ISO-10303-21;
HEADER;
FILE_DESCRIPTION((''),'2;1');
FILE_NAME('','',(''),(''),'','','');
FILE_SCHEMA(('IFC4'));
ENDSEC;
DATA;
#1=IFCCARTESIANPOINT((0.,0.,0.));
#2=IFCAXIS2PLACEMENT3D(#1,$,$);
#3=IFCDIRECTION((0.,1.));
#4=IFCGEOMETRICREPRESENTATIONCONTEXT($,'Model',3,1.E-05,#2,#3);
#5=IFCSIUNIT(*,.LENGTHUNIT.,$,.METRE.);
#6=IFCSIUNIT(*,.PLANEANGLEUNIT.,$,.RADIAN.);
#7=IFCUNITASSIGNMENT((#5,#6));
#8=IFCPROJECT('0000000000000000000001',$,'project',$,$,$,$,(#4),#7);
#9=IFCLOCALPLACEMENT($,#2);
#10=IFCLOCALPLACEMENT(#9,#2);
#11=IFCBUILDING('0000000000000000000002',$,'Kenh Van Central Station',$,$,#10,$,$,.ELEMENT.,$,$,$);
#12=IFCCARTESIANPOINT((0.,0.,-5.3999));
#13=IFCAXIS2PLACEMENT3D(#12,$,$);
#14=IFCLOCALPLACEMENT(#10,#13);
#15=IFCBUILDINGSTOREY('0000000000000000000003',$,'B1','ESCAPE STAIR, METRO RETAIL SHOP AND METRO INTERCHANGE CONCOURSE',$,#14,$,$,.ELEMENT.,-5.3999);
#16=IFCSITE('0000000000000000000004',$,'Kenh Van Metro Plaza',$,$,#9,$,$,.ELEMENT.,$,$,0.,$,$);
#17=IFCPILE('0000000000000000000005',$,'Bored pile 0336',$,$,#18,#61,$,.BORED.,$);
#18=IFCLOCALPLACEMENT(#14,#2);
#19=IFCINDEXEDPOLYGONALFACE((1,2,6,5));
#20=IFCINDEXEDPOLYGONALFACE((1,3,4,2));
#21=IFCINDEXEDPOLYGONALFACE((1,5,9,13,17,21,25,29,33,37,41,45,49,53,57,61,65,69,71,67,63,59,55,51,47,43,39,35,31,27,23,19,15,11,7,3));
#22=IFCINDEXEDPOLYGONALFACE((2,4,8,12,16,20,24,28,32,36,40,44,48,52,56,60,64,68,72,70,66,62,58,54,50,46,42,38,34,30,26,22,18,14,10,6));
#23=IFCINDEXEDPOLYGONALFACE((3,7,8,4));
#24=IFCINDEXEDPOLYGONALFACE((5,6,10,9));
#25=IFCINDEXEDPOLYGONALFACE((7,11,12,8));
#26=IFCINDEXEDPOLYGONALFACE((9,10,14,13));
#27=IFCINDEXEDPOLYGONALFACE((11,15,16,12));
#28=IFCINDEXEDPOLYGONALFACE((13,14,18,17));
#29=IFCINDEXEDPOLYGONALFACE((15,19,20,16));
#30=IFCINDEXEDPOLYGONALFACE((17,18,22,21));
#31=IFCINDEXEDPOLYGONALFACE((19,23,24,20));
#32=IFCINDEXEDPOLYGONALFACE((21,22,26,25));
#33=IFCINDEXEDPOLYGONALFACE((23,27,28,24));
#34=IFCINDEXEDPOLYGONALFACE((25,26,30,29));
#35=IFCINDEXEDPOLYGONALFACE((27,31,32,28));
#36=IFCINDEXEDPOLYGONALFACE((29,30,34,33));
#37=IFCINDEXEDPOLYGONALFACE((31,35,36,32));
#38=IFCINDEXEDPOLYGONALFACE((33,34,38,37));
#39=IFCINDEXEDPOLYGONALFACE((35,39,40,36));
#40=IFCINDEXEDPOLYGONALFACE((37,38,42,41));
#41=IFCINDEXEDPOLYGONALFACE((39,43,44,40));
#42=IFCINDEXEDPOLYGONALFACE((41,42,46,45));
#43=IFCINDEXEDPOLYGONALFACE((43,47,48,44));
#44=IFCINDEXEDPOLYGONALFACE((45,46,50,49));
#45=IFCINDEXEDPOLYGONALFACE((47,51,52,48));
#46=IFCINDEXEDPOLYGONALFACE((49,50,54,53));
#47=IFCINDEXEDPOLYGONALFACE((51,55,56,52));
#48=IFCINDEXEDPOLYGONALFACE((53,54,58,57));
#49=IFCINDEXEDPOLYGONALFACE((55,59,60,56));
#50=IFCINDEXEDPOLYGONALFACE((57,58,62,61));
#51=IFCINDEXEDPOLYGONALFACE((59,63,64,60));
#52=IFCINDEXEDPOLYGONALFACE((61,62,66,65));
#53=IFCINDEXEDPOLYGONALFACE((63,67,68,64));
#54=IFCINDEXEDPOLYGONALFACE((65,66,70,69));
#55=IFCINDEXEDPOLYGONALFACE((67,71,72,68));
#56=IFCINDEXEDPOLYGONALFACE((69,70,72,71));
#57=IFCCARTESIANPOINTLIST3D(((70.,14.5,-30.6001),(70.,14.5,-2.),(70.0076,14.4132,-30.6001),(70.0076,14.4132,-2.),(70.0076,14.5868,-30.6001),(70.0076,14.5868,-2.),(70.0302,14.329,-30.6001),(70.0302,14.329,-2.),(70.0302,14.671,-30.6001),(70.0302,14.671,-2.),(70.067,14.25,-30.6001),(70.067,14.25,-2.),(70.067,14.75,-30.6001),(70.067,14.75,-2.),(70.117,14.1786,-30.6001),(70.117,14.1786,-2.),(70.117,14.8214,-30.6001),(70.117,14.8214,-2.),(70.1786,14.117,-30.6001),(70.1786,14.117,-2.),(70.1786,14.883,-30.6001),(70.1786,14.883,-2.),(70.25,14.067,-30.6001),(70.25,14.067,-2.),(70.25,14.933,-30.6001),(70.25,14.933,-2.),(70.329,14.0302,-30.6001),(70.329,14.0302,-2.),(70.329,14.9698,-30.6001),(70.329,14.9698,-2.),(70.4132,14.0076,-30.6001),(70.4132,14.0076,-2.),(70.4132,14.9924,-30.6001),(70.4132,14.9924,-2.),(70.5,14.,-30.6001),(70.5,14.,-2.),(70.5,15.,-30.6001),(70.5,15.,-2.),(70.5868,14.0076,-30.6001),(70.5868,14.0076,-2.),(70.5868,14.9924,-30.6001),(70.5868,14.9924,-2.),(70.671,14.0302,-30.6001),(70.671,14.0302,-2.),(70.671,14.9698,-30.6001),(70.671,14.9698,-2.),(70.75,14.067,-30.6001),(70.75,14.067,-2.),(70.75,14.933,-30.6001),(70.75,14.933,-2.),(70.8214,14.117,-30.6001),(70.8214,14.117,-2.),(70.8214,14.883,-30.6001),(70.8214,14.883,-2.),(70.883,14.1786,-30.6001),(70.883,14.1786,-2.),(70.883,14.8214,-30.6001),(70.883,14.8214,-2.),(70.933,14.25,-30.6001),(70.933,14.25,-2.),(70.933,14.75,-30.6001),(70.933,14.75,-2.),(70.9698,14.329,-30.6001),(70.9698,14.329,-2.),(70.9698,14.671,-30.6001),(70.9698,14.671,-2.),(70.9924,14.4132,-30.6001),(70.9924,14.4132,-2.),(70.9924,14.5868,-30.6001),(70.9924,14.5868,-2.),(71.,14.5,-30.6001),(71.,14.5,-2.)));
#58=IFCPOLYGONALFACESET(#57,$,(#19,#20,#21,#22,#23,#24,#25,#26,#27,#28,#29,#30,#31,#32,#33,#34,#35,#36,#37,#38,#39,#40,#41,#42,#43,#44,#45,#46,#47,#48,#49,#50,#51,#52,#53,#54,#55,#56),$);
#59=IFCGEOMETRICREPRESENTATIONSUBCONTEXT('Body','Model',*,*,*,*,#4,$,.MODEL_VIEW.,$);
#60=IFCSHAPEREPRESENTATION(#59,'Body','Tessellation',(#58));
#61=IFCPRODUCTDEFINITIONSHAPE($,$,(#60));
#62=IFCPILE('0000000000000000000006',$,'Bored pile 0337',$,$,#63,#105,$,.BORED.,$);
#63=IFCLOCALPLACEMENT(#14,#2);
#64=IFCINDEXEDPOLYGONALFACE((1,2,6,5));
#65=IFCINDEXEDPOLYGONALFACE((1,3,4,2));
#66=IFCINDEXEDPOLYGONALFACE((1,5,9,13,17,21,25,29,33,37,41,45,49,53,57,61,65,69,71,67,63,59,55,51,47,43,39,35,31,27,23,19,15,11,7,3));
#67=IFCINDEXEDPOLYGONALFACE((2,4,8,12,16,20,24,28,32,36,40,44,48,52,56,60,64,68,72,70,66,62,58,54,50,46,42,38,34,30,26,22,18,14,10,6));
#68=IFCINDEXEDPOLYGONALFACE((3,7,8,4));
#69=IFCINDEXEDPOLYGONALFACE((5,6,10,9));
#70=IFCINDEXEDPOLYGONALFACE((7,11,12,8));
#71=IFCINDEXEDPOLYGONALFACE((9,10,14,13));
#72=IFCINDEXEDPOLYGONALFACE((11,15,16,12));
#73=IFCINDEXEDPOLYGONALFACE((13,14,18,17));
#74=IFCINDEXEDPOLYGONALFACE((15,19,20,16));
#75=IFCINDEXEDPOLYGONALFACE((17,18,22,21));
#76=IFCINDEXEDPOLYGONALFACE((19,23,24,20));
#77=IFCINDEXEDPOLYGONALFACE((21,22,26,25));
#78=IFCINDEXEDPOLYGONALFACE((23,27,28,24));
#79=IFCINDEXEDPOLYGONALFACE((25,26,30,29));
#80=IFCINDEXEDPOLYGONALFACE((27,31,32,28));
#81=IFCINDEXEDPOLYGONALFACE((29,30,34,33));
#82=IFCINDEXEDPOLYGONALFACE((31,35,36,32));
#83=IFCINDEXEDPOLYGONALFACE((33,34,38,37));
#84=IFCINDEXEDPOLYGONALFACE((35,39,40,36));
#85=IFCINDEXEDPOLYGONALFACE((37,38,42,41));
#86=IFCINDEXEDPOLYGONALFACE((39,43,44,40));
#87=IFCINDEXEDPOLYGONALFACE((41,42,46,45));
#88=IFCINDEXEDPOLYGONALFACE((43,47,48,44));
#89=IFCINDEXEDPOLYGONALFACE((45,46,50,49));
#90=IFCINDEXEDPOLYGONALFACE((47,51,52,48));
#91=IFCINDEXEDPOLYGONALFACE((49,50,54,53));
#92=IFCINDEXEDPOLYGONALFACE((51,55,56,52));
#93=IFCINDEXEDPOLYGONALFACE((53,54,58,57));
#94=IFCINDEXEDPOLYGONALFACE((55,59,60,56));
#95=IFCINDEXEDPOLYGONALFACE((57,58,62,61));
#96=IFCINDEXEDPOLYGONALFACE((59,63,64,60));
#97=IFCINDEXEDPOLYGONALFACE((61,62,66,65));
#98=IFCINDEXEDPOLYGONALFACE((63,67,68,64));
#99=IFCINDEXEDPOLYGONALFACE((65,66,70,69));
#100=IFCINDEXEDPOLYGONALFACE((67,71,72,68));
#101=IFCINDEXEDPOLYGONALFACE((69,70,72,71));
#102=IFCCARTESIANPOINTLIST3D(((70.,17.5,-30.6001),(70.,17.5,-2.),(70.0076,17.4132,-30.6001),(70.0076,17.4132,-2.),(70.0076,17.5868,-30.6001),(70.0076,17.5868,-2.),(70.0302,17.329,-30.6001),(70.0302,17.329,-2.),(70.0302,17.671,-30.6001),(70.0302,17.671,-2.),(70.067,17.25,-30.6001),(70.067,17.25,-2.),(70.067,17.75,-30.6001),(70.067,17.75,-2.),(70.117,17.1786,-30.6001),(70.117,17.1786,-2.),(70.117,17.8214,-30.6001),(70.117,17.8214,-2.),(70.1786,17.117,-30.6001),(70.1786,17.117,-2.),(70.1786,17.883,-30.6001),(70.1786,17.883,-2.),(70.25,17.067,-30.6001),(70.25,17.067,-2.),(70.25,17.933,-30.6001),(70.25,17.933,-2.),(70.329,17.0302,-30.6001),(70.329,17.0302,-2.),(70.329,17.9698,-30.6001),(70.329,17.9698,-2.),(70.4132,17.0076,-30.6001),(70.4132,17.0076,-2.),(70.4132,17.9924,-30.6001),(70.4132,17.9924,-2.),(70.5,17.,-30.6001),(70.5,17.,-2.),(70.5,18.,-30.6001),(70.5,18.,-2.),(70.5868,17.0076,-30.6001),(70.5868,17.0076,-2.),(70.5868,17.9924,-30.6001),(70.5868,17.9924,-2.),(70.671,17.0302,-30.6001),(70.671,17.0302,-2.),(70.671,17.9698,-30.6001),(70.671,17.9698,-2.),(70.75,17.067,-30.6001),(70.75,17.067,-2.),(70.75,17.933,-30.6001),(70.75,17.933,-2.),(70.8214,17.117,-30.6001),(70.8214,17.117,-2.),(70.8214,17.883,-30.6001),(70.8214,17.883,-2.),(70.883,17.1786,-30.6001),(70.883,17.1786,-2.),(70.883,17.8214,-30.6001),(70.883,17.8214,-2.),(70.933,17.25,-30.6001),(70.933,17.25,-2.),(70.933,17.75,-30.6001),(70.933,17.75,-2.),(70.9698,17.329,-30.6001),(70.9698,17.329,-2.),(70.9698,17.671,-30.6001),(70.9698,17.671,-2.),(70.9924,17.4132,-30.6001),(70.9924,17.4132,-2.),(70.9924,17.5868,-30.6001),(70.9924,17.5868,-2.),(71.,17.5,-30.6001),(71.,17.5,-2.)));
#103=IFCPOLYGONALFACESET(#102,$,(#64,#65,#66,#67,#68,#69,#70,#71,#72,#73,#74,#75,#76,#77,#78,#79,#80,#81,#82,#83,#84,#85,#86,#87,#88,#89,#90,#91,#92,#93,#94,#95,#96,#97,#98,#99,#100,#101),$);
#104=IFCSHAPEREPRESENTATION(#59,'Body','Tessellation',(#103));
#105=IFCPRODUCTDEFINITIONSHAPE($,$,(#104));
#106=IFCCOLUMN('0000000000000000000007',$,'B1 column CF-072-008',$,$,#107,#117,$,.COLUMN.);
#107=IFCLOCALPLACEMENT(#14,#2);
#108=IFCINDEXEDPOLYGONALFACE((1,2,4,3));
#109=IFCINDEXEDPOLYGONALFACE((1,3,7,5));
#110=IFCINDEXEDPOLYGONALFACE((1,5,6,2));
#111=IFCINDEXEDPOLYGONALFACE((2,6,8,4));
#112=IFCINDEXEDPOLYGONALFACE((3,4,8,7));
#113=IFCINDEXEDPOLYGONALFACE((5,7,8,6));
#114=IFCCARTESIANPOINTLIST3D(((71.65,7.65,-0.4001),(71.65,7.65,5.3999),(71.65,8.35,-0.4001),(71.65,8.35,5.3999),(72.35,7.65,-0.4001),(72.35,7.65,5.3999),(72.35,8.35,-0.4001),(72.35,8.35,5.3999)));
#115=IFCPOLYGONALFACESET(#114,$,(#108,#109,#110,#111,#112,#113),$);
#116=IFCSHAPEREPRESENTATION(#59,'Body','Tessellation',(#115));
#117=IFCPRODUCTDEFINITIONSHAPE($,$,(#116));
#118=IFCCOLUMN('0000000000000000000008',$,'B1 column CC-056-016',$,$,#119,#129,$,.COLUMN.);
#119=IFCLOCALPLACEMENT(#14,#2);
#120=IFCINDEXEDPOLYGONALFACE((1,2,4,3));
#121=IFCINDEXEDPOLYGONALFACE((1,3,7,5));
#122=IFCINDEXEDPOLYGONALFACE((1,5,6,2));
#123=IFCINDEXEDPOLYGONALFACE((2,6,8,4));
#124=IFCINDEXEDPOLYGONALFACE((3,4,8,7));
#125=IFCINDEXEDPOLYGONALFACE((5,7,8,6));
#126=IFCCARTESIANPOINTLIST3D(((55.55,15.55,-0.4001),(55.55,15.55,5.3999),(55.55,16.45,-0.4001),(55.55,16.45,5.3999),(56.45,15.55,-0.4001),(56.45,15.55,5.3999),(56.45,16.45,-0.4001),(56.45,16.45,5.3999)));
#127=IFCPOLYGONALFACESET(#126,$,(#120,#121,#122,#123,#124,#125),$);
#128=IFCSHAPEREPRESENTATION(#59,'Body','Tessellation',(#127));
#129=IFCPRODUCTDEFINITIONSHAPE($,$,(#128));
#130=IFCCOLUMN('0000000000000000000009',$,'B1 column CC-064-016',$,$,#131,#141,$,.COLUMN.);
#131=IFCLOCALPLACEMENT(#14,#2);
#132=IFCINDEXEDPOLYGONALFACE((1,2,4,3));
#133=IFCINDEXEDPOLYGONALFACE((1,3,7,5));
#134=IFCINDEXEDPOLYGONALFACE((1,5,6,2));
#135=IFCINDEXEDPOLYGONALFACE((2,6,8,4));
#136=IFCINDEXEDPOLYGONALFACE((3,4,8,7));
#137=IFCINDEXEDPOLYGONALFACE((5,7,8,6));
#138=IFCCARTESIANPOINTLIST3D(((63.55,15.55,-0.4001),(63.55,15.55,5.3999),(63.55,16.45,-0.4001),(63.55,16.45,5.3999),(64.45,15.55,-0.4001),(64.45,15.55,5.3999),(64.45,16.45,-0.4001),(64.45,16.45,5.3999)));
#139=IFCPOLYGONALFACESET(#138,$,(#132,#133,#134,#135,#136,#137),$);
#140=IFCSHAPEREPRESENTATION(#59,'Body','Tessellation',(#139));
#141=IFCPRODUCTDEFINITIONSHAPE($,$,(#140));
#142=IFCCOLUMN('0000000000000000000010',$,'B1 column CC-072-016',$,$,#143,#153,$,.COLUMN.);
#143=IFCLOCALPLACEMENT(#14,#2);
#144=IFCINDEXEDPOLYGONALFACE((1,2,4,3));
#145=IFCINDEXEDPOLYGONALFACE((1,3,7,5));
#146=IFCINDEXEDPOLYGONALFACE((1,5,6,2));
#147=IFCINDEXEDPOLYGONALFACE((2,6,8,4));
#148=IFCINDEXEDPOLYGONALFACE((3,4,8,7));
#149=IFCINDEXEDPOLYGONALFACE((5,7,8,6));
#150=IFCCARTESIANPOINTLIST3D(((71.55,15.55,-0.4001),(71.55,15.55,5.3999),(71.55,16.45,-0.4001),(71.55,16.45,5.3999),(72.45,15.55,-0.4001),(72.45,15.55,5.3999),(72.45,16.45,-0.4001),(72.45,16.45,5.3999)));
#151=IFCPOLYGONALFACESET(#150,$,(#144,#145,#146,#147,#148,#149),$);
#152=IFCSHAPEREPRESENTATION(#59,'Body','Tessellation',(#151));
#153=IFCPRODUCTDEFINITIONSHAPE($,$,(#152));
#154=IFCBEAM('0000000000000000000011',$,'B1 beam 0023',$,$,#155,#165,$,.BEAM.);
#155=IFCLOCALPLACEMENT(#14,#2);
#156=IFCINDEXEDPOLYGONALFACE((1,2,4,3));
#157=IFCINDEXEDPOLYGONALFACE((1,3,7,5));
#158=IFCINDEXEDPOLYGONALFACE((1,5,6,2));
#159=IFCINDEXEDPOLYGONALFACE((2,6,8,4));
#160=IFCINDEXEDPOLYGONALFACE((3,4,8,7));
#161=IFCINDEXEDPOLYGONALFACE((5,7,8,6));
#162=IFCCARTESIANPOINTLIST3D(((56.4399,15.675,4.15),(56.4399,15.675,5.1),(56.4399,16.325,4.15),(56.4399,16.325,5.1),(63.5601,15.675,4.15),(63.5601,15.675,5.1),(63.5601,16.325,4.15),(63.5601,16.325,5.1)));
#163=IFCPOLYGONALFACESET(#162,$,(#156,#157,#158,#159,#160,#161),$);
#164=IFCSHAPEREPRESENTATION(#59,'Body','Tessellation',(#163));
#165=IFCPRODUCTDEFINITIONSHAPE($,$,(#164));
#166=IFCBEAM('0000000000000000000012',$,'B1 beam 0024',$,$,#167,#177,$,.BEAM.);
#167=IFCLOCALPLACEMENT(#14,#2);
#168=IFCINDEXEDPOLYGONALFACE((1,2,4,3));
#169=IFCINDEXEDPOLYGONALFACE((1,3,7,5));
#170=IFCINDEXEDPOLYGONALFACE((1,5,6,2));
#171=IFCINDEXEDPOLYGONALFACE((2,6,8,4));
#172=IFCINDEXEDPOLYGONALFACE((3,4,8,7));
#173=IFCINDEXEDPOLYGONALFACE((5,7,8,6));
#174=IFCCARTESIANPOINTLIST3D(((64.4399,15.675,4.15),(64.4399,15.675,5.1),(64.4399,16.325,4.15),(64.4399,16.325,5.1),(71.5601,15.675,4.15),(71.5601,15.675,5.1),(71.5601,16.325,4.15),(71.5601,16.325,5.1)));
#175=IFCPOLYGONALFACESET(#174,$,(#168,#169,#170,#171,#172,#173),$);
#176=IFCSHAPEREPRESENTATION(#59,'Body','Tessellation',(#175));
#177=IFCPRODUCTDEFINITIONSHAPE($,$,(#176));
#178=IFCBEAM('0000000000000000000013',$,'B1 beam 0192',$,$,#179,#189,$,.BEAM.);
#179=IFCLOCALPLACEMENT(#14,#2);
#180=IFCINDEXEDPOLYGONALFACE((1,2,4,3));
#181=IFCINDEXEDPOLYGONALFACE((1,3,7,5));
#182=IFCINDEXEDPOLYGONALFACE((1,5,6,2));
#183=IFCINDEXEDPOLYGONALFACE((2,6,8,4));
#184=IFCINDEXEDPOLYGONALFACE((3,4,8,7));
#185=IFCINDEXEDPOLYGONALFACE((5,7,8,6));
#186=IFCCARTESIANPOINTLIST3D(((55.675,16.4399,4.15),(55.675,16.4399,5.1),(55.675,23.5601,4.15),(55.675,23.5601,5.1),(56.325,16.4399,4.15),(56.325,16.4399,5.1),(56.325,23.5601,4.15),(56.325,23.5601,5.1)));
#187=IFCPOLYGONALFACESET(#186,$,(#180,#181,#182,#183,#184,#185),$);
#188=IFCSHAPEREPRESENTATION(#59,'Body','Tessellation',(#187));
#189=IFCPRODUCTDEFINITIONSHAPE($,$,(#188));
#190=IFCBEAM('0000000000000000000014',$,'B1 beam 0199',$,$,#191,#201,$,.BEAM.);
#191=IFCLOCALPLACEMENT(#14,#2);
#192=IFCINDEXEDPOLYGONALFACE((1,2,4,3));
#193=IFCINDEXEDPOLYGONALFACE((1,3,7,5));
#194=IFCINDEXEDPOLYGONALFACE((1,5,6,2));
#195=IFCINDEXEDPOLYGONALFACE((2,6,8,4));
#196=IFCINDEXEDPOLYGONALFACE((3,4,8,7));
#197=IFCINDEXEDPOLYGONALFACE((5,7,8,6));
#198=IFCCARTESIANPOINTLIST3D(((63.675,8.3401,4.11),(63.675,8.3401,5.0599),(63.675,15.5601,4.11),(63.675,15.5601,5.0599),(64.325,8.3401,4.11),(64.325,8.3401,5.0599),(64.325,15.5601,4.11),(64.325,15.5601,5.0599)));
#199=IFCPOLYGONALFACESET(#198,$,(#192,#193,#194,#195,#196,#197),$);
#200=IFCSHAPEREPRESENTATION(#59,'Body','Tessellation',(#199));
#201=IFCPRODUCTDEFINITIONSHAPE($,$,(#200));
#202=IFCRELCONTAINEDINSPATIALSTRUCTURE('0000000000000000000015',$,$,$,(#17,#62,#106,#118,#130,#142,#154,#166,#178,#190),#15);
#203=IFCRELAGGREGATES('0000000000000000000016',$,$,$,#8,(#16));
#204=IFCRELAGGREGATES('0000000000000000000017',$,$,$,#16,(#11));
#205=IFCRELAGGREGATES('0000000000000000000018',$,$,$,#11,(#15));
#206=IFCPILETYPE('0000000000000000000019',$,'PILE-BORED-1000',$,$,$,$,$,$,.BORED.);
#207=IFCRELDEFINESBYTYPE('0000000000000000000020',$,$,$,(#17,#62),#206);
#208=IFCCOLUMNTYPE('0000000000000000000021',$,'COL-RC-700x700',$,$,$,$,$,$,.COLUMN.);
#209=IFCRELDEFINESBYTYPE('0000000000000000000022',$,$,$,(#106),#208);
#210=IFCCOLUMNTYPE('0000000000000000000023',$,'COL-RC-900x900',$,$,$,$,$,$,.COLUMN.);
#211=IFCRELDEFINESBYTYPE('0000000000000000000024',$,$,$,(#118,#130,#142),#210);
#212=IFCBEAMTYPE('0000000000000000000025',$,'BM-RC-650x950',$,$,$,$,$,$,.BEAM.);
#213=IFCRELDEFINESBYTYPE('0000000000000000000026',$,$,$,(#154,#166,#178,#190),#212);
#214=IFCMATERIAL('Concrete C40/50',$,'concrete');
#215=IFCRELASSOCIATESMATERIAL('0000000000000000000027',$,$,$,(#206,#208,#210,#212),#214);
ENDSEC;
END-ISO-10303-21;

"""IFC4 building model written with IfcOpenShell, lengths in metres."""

from ifc_helpers import new_model, si_unit, direction, frame, origin, origin_2d, place, context, subcontext, project, spatial, rectangle, circle, extrude, material, material_profile, profile_set, type_object, element, save


model = new_model("IFC4")

# Units and contexts
model_context = context("Model", 3, precision=1e-05, world=origin(), true_north=direction((0.0, 1.0)))
body_context = subcontext(model_context, "Body", "Model", "MODEL_VIEW")
ifc_project = project(units=[si_unit("LENGTHUNIT", "METRE"), si_unit("PLANEANGLEUNIT", "RADIAN")], contexts=[model_context])

# Site, building, storey
site_placement = place(None, origin())
site = spatial("IfcSite", under=ifc_project, at=site_placement, Name="Kenh Van Metro Plaza", CompositionType="ELEMENT", RefElevation=0.0)
building_placement = place(site_placement, origin())
building = spatial("IfcBuilding", under=site, at=building_placement, Name="Kenh Van Central Station", CompositionType="ELEMENT")
storey_placement = place(building_placement, frame((0.0, 0.0, -5.3999)))
storey = spatial("IfcBuildingStorey", under=building, at=storey_placement, Name="B1", Description="ESCAPE STAIR, METRO RETAIL SHOP AND METRO INTERCHANGE CONCOURSE", CompositionType="ELEMENT", Elevation=-5.3999)

# Shared definitions
ifc_material_1 = material(Name="Concrete C40/50", Category="concrete")

# Piles
ifc_material_profile_1 = material_profile(ifc_material_1, circle(Radius=0.5, at=origin_2d()), Name="PILE D1000")
ifc_profile_set_1 = profile_set([ifc_material_profile_1], Name="Concrete C40/50")
pile_type = type_object("IfcPileType", Name="PILE-BORED-1000", PredefinedType="BORED", material=ifc_profile_set_1)
for number, where, z_axis, x_axis, name in (
    (1, (70.5, 14.5, -2.0), (0.0, 0.0, -1.0), (1.0, 0.0, 0.0), "Bored pile 0336"),
    (2, (70.5, 17.5, -2.0), (0.0, 0.0, -1.0), (1.0, 0.0, 0.0), "Bored pile 0337"),
):
    element("IfcPile", number, at=place(storey_placement, frame(where, z_axis=z_axis, x_axis=x_axis)), inside=storey, type_object=pile_type, Name=name, PredefinedType="BORED", context=body_context, shape_type="SweptSolid", body=[
        extrude(circle(Radius=0.5, at=origin_2d()), origin(), (0.0, 0.0, 1.0), 28.6001),
    ])

# Columns
ifc_material_profile_2 = material_profile(ifc_material_1, rectangle(XDim=0.7, YDim=0.7, at=origin_2d()), Name="RC 700x700")
ifc_profile_set_2 = profile_set([ifc_material_profile_2], Name="Concrete C40/50")
column_type_1 = type_object("IfcColumnType", Name="COL-RC-700x700", PredefinedType="COLUMN", material=ifc_profile_set_2)
column_placement = place(storey_placement, frame((72.0, 8.0, -0.4001), z_axis=(0.0, 0.0, 1.0), x_axis=(1.0, 0.0, 0.0)))
element("IfcColumn", 3, at=column_placement, inside=storey, type_object=column_type_1, Name="B1 column CF-072-008", PredefinedType="COLUMN", context=body_context, shape_type="SweptSolid", body=[
    extrude(rectangle(XDim=0.7, YDim=0.7, at=origin_2d()), origin(), (0.0, 0.0, 1.0), 5.8),
])
ifc_material_profile_3 = material_profile(ifc_material_1, rectangle(XDim=0.8999, YDim=0.8999, at=origin_2d()), Name="RC 900x900")
ifc_profile_set_3 = profile_set([ifc_material_profile_3], Name="Concrete C40/50")
column_type_2 = type_object("IfcColumnType", Name="COL-RC-900x900", PredefinedType="COLUMN", material=ifc_profile_set_3)
for number, where, z_axis, x_axis, name in (
    (4, (56.0, 16.0, -0.4001), (0.0, 0.0, 1.0), (1.0, 0.0, 0.0), "B1 column CC-056-016"),
    (5, (64.0, 16.0, -0.4001), (0.0, 0.0, 1.0), (1.0, 0.0, 0.0), "B1 column CC-064-016"),
    (6, (72.0, 16.0, -0.4001), (0.0, 0.0, 1.0), (1.0, 0.0, 0.0), "B1 column CC-072-016"),
):
    element("IfcColumn", number, at=place(storey_placement, frame(where, z_axis=z_axis, x_axis=x_axis)), inside=storey, type_object=column_type_2, Name=name, PredefinedType="COLUMN", context=body_context, shape_type="SweptSolid", body=[
        extrude(rectangle(XDim=0.8999, YDim=0.8999, at=origin_2d()), origin(), (0.0, 0.0, 1.0), 5.8),
    ])

# Beams
ifc_material_profile_4 = material_profile(ifc_material_1, rectangle(XDim=0.6499, YDim=0.95, at=origin_2d()), Name="RC 650x950")
ifc_profile_set_4 = profile_set([ifc_material_profile_4], Name="Concrete C40/50")
beam_type_1 = type_object("IfcBeamType", Name="BM-RC-650x950", PredefinedType="BEAM", material=ifc_profile_set_4)
for number, where, z_axis, x_axis, name in (
    (7, (56.4399, 16.0, 4.625), (1.0, 0.0, 0.0), (0.0, 1.0, 0.0), "B1 beam 0023"),
    (8, (64.4399, 16.0, 4.625), (1.0, 0.0, 0.0), (0.0, 1.0, 0.0), "B1 beam 0024"),
    (9, (56.0, 16.4399, 4.625), (0.0, 1.0, 0.0), (-1.0, 0.0, 0.0), "B1 beam 0192"),
):
    element("IfcBeam", number, at=place(storey_placement, frame(where, z_axis=z_axis, x_axis=x_axis)), inside=storey, type_object=beam_type_1, Name=name, PredefinedType="BEAM", context=body_context, shape_type="SweptSolid", body=[
        extrude(rectangle(XDim=0.6499, YDim=0.95, at=origin_2d()), origin(), (0.0, 0.0, 1.0), 7.1201),
    ])
beam_1_placement = place(storey_placement, frame((64.0, 8.3401, 4.585), z_axis=(0.0, 1.0, 0.0), x_axis=(-1.0, 0.0, 0.0)))
element("IfcBeam", 10, at=beam_1_placement, inside=storey, type_object=beam_type_1, Name="B1 beam 0199", PredefinedType="BEAM", context=body_context, shape_type="SweptSolid", body=[
    extrude(rectangle(XDim=0.6499, YDim=0.95, at=origin_2d()), origin(), (0.0, 0.0, 1.0), 7.22),
])

save(model, "model.ifc")
